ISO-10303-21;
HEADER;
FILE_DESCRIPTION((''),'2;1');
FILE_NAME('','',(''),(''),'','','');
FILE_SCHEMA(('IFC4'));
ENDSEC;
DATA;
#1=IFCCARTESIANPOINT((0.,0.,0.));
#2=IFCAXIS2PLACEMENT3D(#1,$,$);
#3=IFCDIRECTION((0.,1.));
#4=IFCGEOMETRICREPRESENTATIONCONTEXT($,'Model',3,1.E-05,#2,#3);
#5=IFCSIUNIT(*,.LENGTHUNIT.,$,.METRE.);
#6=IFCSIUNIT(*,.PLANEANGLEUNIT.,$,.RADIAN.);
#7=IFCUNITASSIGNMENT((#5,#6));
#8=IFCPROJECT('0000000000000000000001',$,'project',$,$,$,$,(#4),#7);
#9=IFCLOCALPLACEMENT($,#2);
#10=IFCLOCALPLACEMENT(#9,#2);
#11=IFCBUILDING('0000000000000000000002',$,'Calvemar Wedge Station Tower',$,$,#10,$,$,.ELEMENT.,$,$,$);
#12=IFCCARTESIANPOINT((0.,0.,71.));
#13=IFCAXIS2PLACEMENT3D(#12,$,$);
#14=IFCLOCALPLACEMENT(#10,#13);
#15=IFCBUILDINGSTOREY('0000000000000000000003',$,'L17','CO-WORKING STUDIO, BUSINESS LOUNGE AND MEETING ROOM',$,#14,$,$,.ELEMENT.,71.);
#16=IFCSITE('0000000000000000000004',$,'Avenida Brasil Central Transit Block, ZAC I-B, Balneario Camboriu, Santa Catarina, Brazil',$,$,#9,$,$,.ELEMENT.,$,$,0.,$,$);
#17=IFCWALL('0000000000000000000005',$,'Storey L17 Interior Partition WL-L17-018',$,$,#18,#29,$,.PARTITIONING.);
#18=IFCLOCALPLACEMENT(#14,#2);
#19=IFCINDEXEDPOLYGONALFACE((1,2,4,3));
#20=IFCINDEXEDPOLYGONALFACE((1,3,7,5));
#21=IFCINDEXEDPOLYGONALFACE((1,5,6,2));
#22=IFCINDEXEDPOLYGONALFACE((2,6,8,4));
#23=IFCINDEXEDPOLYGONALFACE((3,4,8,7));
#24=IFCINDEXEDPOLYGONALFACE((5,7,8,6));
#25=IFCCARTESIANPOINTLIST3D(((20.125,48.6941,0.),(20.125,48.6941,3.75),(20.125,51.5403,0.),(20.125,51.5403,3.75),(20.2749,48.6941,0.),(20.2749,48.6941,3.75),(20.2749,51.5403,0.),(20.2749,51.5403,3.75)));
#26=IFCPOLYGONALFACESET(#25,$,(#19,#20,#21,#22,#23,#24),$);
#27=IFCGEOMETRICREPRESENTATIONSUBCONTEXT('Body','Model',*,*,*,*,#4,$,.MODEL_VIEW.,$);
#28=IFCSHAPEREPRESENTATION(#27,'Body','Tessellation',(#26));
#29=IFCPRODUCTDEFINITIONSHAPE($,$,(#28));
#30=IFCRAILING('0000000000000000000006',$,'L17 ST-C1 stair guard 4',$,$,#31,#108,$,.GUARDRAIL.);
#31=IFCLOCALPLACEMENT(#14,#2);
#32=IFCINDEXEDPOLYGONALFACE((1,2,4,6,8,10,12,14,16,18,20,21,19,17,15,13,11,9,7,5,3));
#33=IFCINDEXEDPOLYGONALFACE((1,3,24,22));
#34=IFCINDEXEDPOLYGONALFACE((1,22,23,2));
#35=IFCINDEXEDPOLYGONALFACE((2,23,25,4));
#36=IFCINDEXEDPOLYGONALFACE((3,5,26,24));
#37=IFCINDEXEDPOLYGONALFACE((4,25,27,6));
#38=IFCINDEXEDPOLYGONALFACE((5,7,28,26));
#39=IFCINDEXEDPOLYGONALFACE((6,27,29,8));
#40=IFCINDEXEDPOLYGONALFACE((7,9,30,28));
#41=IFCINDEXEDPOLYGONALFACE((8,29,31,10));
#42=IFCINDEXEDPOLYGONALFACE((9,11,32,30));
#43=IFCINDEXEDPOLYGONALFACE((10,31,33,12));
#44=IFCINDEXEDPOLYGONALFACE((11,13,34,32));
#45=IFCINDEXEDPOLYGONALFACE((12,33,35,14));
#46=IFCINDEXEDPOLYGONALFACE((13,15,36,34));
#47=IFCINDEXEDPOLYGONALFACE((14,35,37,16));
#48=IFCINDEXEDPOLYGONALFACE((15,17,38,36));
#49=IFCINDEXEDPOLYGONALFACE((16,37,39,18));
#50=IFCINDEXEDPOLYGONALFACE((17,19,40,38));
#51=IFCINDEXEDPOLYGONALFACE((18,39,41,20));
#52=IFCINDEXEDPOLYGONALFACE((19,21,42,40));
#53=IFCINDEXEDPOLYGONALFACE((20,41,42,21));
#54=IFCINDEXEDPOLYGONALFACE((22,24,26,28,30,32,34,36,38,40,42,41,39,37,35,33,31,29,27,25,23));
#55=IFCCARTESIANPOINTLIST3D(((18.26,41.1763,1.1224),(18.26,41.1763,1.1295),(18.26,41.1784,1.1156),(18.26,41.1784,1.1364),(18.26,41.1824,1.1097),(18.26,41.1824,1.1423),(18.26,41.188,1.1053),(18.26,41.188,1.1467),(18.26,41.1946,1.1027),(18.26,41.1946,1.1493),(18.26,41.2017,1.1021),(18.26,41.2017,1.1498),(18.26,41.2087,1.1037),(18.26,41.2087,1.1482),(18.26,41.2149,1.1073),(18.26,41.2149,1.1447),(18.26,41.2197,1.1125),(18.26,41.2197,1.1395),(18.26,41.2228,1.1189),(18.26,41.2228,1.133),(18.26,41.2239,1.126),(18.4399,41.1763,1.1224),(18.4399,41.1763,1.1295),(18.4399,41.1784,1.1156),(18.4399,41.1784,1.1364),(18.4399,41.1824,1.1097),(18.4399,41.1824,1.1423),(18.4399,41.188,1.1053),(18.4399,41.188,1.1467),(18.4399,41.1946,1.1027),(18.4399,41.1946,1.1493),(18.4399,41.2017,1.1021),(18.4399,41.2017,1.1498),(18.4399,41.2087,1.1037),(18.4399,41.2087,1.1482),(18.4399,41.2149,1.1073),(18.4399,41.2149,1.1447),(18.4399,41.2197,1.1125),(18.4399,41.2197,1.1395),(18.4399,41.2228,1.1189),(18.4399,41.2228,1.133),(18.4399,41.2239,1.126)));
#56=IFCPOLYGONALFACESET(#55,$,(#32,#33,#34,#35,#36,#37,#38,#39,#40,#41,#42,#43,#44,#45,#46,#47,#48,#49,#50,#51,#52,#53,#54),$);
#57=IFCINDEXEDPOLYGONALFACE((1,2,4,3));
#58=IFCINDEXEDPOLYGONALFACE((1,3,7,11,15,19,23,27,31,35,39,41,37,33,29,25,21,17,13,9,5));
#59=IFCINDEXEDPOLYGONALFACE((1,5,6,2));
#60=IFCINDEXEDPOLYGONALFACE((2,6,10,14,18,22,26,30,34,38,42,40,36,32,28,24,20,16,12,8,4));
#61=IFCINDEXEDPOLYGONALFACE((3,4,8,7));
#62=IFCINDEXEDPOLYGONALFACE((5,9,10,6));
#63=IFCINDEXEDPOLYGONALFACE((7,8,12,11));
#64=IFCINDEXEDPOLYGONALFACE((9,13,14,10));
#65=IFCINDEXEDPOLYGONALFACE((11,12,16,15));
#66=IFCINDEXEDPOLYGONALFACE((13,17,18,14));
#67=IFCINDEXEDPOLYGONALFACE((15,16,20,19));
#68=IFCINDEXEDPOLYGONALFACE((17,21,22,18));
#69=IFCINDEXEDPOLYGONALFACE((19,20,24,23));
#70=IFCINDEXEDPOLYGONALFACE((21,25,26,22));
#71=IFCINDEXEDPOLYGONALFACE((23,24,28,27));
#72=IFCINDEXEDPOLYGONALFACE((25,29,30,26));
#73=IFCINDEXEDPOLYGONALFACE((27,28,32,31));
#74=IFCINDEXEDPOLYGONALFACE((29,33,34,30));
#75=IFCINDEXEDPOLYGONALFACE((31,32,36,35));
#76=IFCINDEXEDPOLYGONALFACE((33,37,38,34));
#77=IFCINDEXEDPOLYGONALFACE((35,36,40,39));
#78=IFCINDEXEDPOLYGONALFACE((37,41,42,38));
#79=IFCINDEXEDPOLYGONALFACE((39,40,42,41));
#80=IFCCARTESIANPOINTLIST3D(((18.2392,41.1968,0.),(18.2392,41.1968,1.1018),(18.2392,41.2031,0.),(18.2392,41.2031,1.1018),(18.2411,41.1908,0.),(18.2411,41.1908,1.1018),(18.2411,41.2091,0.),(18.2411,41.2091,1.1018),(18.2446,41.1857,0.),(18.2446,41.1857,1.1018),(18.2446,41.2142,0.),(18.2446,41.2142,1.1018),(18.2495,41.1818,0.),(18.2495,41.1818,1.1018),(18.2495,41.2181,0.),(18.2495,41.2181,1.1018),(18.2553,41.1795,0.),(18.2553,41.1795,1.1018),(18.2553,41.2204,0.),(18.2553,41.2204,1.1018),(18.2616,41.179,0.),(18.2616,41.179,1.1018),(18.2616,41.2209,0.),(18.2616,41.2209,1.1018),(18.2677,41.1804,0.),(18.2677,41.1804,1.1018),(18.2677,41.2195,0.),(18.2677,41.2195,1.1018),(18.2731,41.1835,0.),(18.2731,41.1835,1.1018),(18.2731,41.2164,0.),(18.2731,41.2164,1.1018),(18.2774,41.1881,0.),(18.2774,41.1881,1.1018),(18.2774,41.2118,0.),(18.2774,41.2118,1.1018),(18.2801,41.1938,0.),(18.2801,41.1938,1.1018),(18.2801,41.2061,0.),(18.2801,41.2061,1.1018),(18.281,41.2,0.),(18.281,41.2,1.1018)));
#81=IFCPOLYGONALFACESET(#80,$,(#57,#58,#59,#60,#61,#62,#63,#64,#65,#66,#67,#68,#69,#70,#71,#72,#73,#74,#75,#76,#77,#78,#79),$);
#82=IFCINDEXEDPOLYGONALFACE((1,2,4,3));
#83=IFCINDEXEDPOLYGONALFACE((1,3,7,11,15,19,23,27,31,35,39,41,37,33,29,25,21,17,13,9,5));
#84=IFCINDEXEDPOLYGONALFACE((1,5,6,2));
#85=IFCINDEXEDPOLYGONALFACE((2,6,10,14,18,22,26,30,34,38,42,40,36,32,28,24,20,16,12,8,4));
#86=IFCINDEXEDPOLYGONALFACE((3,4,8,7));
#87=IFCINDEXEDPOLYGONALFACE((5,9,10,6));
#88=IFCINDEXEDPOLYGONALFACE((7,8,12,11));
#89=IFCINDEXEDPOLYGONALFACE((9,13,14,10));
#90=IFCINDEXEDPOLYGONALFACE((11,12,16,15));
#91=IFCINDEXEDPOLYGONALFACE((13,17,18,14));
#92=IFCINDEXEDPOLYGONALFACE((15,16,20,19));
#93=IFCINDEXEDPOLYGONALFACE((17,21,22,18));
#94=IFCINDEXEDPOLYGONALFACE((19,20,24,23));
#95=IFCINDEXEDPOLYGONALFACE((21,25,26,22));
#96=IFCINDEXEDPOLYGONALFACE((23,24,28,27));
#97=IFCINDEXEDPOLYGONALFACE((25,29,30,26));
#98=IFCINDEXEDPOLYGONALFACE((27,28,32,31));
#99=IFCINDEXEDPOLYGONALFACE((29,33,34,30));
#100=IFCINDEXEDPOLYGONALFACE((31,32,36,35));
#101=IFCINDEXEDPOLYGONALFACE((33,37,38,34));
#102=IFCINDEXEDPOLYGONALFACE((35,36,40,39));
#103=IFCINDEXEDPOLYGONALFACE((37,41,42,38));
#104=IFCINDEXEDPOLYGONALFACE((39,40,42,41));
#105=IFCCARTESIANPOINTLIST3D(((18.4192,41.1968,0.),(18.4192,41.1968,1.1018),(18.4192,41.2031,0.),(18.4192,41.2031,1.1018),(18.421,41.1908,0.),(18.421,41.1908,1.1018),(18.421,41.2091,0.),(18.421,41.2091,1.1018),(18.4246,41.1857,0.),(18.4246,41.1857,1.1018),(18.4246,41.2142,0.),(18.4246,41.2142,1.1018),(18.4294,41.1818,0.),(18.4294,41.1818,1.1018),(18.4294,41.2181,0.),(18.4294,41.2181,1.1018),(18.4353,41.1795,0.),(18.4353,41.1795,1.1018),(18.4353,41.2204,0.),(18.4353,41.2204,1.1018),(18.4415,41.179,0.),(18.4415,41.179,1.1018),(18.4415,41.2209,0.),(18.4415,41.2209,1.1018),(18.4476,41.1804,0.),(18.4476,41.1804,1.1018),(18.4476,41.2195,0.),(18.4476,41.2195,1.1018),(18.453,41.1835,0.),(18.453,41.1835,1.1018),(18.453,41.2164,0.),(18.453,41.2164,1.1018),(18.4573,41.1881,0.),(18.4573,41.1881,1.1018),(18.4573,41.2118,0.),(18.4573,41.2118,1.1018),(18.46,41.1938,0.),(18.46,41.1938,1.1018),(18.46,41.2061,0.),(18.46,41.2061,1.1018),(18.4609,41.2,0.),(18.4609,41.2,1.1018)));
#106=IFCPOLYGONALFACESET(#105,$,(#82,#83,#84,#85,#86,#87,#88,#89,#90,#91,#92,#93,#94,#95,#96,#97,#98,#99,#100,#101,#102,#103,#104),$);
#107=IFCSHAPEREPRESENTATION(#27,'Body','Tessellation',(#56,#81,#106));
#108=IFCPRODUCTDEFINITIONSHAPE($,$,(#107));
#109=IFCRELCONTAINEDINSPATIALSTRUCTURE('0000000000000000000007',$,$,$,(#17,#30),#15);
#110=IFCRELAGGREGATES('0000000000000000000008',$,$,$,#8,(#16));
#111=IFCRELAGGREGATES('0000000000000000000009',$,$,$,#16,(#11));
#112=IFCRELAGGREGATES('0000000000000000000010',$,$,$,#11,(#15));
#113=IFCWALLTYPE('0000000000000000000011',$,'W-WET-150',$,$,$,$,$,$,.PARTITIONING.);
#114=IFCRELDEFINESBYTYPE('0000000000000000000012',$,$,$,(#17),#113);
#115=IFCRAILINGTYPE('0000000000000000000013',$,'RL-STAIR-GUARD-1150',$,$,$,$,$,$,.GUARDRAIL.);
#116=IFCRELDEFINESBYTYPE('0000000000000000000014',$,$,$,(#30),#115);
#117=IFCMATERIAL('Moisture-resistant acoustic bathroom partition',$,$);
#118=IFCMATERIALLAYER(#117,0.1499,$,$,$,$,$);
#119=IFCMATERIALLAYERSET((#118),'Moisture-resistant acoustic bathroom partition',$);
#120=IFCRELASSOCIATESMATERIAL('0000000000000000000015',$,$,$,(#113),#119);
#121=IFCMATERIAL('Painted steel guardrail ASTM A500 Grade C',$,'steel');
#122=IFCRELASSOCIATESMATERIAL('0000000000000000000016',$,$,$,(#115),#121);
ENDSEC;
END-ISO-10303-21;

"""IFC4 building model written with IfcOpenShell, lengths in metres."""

from ifc_helpers import new_model, si_unit, direction, frame, frame_2d, origin, origin_2d, place, context, subcontext, project, spatial, rectangle, circle, extrude, material, layer, layer_set, type_object, element, save


model = new_model("IFC4")

# Units and contexts
model_context = context("Model", 3, precision=1e-05, world=origin(), true_north=direction((0.0, 1.0)))
body_context = subcontext(model_context, "Body", "Model", "MODEL_VIEW")
ifc_project = project(units=[si_unit("LENGTHUNIT", "METRE"), si_unit("PLANEANGLEUNIT", "RADIAN")], contexts=[model_context])

# Site, building, storey
site_placement = place(None, origin())
site = spatial("IfcSite", under=ifc_project, at=site_placement, Name="Avenida Brasil Central Transit Block, ZAC I-B, Balneario Camboriu, Santa Catarina, Brazil", CompositionType="ELEMENT", RefElevation=0.0)
building_placement = place(site_placement, origin())
building = spatial("IfcBuilding", under=site, at=building_placement, Name="Calvemar Wedge Station Tower", CompositionType="ELEMENT")
storey_placement = place(building_placement, frame((0.0, 0.0, 71.0)))
storey = spatial("IfcBuildingStorey", under=building, at=storey_placement, Name="L17", Description="CO-WORKING STUDIO, BUSINESS LOUNGE AND MEETING ROOM", CompositionType="ELEMENT", Elevation=71.0)

# Wall
ifc_material_1 = material(Name="Moisture-resistant acoustic bathroom partition")
ifc_layer_1 = layer(ifc_material_1, 0.1499)
ifc_layer_set_1 = layer_set([ifc_layer_1], Name="Moisture-resistant acoustic bathroom partition")
wall_type_1 = type_object("IfcWallType", Name="W-WET-150", PredefinedType="PARTITIONING", material=ifc_layer_set_1)
wall_1_placement = place(storey_placement, frame((20.2, 51.5403, 0.0), z_axis=(0.0, 0.0, 1.0), x_axis=(0.0, -1.0, 0.0)))
element("IfcWall", 1, at=wall_1_placement, inside=storey, type_object=wall_type_1, Name="Storey L17 Interior Partition WL-L17-018", PredefinedType="PARTITIONING", context=body_context, shape_type="SweptSolid", body=[
    extrude(rectangle(XDim=2.8462, YDim=0.1499, at=frame_2d((1.4231, 0.0))), origin(), (0.0, 0.0, 1.0), 3.75),
])

# Railing
ifc_material_2 = material(Name="Painted steel guardrail ASTM A500 Grade C", Category="steel")
railing_type = type_object("IfcRailingType", Name="RL-STAIR-GUARD-1150", PredefinedType="GUARDRAIL", material=ifc_material_2)
railing_placement = place(storey_placement, frame((18.26, 41.2, 0.0)))
element("IfcRailing", 2, at=railing_placement, inside=storey, type_object=railing_type, Name="L17 ST-C1 stair guard 4", PredefinedType="GUARDRAIL", context=body_context, shape_type="SweptSolid", body=[
    extrude(circle(Radius=0.0239, at=origin_2d()), frame((0.0, 0.0, 1.126), z_axis=(1.0, 0.0, 0.0), x_axis=(0.0, 1.0, 0.0)), (0.0, 0.0, 1.0), 0.1799),
    extrude(circle(Radius=0.021, at=origin_2d()), origin(), (0.0, 0.0, 1.0), 1.1018),
    extrude(circle(Radius=0.021, at=origin_2d()), frame((0.1799, 0.0, 0.0)), (0.0, 0.0, 1.0), 1.1018),
])

save(model, "model.ifc")
